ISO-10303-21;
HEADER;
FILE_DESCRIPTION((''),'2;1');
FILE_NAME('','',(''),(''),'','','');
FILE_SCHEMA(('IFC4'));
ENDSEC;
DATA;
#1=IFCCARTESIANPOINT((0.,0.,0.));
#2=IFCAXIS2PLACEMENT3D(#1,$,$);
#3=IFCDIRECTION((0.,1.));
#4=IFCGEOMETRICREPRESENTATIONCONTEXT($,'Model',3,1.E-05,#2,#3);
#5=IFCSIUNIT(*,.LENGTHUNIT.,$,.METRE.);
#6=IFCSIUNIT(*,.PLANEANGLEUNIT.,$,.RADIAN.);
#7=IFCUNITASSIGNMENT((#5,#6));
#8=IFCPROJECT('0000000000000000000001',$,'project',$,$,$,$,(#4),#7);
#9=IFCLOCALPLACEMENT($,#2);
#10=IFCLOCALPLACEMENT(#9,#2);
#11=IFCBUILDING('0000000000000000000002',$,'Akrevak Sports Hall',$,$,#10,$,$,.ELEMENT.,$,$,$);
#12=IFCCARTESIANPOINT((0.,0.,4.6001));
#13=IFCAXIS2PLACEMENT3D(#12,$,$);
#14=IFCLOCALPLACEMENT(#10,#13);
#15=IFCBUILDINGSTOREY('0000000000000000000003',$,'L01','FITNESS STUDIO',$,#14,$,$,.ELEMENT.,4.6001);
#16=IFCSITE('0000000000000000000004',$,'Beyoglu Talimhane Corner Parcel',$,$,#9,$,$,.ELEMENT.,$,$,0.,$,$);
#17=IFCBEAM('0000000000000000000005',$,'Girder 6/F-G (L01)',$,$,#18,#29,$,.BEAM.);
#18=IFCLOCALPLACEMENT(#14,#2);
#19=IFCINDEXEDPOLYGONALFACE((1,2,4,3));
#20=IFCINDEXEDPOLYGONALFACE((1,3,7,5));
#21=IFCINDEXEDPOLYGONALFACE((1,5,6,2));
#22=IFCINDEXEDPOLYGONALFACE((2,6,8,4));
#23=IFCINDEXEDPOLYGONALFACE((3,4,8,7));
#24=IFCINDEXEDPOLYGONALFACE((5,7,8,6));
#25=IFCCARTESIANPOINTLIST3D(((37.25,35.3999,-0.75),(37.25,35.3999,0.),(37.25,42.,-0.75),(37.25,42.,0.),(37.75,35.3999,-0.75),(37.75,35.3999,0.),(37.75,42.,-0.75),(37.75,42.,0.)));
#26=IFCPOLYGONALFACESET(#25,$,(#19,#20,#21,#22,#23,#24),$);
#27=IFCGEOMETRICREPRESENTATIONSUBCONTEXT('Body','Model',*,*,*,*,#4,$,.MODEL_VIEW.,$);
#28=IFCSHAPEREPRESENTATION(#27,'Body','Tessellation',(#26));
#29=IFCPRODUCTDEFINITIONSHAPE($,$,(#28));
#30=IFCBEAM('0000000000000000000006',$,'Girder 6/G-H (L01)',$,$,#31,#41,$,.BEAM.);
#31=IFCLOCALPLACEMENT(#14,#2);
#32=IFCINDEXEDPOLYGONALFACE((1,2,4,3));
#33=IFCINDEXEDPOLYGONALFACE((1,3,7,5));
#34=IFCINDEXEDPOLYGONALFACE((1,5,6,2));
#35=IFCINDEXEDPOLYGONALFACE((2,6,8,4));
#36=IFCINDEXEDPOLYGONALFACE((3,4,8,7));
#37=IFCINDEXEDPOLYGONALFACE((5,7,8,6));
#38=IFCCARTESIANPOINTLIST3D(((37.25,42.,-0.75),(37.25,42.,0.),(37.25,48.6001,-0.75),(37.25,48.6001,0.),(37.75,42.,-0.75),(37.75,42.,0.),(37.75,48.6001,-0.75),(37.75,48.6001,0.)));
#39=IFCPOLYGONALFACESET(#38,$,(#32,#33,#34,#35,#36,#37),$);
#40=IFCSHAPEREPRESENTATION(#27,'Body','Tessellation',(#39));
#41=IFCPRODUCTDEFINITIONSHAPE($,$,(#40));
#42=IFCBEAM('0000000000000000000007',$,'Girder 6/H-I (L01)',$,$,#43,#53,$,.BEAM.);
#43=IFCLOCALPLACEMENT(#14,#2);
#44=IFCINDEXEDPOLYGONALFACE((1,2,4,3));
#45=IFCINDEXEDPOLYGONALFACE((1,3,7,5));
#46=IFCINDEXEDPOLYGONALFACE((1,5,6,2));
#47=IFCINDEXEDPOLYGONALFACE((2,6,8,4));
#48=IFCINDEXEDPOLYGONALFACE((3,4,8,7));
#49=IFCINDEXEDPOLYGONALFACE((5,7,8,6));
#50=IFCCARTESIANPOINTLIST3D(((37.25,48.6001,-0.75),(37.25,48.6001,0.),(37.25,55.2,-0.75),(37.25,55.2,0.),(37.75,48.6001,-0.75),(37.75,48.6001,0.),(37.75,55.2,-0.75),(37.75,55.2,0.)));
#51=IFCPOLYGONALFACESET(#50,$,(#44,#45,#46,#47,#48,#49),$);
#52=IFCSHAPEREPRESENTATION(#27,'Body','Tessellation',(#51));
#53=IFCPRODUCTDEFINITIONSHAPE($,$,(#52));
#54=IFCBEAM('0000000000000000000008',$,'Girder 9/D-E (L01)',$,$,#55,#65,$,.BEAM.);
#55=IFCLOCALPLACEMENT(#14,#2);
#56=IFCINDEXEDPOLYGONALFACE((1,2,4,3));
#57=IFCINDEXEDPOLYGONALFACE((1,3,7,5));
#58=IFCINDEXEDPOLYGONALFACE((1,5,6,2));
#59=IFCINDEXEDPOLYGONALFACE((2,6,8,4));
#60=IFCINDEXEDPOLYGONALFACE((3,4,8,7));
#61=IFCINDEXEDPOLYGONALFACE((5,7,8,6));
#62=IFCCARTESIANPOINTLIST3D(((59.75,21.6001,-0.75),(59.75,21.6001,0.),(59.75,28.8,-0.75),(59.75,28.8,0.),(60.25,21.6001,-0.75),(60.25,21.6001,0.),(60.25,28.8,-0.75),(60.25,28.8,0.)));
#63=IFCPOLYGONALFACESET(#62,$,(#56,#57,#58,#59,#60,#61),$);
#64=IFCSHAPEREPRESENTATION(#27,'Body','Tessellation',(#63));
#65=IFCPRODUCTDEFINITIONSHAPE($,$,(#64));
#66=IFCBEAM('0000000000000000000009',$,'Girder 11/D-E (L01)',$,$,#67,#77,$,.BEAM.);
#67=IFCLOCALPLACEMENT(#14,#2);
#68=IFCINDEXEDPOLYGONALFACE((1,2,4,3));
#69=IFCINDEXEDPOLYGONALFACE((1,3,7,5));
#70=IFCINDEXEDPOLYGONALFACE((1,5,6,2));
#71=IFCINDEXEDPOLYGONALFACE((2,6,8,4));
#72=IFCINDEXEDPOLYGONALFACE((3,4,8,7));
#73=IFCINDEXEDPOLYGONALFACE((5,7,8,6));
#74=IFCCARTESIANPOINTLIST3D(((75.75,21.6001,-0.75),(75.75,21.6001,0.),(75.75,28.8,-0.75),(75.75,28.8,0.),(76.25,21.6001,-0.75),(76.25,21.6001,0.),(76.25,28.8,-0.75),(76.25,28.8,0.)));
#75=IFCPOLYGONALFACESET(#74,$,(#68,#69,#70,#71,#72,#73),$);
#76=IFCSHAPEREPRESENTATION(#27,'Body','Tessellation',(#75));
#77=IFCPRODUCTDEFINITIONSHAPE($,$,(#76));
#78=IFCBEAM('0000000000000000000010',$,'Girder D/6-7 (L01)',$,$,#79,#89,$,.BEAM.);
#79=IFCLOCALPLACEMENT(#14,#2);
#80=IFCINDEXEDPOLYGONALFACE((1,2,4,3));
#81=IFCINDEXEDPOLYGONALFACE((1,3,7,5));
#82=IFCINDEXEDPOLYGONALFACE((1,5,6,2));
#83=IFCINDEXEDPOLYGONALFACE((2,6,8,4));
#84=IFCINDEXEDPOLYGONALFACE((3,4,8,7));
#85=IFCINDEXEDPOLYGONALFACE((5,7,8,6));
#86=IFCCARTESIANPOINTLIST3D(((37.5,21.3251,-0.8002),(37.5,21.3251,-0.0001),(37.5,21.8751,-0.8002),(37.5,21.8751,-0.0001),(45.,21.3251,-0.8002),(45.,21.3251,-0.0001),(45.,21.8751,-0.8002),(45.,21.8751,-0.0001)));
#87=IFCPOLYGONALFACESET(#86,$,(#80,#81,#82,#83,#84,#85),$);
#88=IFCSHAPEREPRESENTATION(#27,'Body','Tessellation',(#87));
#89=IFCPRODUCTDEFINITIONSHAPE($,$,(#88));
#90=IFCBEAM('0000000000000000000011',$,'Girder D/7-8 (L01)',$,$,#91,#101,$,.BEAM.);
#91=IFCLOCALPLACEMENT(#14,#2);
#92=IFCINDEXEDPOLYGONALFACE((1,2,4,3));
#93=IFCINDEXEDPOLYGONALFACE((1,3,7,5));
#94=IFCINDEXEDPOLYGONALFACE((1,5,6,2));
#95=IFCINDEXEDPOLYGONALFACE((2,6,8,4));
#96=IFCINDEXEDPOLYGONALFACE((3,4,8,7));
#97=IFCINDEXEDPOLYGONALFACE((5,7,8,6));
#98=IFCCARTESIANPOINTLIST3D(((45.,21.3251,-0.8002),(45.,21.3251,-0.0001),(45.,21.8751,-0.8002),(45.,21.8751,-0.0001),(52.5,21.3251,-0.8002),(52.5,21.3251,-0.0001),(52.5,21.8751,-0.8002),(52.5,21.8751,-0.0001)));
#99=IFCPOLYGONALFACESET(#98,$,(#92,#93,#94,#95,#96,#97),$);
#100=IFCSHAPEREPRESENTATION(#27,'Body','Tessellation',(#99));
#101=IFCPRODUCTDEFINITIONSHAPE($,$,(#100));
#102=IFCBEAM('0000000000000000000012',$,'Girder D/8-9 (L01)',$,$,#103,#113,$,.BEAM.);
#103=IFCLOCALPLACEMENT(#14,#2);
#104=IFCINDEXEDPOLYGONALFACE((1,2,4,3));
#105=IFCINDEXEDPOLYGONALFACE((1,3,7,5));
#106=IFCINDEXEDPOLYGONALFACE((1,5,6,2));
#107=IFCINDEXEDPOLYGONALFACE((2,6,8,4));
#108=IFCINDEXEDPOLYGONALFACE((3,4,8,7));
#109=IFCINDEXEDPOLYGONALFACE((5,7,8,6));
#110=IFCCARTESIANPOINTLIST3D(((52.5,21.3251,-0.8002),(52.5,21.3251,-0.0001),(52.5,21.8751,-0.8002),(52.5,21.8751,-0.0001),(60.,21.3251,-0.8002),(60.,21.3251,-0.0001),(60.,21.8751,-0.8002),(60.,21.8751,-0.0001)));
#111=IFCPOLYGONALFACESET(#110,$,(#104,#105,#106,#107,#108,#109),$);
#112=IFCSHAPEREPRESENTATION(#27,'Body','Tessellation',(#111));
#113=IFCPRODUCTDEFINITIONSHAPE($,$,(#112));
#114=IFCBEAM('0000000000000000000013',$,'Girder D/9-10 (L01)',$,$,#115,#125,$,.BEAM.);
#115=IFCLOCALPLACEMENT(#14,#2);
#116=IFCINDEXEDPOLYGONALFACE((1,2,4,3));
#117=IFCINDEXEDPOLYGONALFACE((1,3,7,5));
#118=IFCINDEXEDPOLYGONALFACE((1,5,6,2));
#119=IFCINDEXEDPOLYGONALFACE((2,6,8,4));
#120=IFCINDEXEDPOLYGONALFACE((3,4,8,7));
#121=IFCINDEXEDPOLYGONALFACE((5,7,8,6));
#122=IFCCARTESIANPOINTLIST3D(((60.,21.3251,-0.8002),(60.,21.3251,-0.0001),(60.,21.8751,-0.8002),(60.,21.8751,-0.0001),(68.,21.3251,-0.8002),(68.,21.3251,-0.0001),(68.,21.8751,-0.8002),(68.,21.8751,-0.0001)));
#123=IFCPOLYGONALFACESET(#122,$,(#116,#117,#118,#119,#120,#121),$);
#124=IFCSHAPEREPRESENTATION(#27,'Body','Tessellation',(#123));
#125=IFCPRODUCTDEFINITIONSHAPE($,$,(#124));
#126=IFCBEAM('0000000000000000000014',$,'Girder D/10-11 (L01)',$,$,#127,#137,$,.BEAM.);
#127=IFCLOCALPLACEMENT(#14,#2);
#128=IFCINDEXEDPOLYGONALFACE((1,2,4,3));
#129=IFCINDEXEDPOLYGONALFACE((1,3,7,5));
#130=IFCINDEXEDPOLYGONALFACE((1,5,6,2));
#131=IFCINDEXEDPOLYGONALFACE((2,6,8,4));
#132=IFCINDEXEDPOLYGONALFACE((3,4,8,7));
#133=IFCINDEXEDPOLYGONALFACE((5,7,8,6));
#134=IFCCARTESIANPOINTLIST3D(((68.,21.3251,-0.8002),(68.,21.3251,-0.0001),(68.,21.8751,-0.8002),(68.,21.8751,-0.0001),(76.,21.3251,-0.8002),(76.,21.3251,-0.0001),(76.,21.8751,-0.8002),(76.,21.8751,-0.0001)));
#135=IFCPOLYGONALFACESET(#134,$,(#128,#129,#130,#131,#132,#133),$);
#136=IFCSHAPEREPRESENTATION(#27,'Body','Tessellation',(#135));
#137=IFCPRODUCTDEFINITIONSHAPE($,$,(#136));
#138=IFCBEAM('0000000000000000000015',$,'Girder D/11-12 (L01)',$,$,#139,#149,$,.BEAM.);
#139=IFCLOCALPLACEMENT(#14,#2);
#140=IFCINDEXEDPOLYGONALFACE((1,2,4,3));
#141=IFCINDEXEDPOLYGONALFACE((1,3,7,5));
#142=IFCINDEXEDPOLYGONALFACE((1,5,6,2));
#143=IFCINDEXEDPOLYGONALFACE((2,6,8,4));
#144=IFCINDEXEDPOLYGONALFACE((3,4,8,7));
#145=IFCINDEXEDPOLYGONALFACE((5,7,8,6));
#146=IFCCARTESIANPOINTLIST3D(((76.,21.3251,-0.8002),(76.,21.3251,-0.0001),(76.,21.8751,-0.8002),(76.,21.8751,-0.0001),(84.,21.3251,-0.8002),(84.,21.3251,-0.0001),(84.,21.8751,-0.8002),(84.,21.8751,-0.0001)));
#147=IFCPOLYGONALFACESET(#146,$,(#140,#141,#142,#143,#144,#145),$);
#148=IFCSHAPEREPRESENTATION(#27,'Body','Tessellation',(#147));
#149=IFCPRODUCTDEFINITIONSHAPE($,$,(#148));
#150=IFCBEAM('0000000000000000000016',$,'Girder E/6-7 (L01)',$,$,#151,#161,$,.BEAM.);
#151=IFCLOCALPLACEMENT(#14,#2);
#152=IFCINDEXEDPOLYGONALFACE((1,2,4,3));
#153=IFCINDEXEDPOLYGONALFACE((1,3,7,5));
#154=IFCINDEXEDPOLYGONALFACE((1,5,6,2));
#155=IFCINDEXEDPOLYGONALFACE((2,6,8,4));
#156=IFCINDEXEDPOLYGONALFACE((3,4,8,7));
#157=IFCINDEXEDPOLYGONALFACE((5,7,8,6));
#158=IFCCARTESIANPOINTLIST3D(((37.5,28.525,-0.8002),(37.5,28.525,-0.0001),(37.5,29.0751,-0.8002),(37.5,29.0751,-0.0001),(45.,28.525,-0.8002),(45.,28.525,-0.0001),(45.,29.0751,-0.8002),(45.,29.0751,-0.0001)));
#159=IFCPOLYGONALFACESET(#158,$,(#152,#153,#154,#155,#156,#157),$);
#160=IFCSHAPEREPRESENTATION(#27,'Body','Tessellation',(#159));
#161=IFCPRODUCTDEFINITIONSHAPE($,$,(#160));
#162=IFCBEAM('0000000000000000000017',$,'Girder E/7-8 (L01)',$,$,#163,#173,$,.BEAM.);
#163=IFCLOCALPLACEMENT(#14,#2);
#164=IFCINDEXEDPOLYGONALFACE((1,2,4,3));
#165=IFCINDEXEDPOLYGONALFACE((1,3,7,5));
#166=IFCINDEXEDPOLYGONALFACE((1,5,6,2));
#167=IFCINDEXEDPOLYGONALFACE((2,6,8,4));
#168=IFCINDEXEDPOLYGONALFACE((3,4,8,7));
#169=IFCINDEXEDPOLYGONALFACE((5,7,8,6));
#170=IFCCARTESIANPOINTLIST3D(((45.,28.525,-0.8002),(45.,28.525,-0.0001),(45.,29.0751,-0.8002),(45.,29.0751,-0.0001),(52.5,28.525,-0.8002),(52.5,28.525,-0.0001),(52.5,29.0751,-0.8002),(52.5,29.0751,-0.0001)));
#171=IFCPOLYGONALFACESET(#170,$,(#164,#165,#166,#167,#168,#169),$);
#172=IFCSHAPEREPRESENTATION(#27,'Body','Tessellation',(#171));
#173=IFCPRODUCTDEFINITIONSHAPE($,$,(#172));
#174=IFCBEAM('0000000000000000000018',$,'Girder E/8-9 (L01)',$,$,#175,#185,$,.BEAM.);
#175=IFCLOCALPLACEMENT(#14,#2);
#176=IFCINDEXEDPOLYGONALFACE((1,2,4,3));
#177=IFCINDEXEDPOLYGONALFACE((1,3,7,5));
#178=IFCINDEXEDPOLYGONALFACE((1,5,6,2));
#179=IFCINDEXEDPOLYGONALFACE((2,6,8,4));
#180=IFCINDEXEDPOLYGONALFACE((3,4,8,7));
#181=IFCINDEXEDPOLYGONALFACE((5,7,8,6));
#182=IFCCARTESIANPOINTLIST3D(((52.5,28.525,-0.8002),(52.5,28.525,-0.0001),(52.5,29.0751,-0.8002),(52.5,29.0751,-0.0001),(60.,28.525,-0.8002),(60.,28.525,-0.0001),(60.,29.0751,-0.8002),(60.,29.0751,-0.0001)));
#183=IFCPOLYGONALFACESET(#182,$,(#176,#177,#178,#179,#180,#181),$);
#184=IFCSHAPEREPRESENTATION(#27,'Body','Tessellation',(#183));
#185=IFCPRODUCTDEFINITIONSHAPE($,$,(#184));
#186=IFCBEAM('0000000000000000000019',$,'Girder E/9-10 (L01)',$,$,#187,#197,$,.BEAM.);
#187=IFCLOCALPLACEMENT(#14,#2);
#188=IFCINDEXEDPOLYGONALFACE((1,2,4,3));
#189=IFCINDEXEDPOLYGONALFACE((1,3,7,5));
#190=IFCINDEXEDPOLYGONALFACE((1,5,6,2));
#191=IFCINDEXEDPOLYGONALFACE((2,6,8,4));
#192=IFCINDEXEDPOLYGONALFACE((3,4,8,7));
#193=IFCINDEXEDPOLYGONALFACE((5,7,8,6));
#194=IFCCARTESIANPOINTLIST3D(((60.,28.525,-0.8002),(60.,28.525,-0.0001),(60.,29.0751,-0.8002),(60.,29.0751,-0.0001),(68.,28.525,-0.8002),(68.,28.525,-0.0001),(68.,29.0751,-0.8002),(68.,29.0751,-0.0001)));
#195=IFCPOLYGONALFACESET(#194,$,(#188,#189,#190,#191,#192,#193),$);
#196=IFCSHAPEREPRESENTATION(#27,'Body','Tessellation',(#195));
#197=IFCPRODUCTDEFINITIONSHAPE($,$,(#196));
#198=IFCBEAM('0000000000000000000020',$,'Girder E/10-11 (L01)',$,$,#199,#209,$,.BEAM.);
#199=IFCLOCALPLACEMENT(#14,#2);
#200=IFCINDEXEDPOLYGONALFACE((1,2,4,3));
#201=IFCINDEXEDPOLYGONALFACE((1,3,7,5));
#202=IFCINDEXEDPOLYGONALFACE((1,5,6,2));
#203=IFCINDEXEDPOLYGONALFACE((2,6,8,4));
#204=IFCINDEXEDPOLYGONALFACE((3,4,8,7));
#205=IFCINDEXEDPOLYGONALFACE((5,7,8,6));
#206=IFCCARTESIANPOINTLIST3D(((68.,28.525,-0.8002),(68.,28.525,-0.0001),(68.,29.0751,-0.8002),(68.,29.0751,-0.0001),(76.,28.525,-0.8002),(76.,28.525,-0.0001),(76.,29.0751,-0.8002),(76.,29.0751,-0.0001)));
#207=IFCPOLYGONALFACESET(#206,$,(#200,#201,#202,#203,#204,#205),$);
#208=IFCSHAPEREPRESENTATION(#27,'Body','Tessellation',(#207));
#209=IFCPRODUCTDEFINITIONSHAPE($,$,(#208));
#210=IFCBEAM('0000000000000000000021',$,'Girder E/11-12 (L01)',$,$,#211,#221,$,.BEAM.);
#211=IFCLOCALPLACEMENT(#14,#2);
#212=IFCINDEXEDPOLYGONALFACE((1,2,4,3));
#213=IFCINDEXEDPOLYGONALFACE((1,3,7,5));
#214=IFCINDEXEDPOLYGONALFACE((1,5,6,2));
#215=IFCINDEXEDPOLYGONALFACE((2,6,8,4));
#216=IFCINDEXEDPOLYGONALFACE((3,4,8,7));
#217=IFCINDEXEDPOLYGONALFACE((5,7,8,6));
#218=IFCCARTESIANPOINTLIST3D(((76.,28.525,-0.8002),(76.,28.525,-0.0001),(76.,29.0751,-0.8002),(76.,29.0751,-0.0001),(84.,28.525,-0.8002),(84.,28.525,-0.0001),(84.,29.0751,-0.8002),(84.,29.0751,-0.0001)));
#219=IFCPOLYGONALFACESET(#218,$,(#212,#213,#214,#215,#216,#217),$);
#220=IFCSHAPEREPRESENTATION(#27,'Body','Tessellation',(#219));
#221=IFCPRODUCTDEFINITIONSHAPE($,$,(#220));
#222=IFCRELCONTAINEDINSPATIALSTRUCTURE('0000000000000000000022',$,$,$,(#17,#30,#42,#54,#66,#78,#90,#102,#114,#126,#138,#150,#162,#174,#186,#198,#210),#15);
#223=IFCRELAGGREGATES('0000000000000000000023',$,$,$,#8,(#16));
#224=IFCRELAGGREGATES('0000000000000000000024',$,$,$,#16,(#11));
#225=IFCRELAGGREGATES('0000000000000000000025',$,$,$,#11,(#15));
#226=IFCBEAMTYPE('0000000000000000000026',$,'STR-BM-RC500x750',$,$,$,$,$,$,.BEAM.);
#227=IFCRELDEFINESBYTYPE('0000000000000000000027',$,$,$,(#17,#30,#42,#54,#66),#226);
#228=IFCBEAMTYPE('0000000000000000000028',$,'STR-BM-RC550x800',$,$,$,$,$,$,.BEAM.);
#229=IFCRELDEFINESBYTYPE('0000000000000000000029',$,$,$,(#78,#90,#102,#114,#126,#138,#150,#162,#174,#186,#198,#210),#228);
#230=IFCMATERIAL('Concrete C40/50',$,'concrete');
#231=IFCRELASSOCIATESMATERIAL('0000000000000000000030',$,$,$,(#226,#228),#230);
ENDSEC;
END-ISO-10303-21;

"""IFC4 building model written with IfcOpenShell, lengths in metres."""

from ifc_helpers import new_model, si_unit, direction, frame, origin, origin_2d, place, context, subcontext, project, spatial, rectangle, extrude, material, material_profile, profile_set, type_object, element, save


model = new_model("IFC4")

# Units and contexts
model_context = context("Model", 3, precision=1e-05, world=origin(), true_north=direction((0.0, 1.0)))
body_context = subcontext(model_context, "Body", "Model", "MODEL_VIEW")
ifc_project = project(units=[si_unit("LENGTHUNIT", "METRE"), si_unit("PLANEANGLEUNIT", "RADIAN")], contexts=[model_context])

# Site, building, storey
site_placement = place(None, origin())
site = spatial("IfcSite", under=ifc_project, at=site_placement, Name="Beyoglu Talimhane Corner Parcel", CompositionType="ELEMENT", RefElevation=0.0)
building_placement = place(site_placement, origin())
building = spatial("IfcBuilding", under=site, at=building_placement, Name="Akrevak Sports Hall", CompositionType="ELEMENT")
storey_placement = place(building_placement, frame((0.0, 0.0, 4.6001)))
storey = spatial("IfcBuildingStorey", under=building, at=storey_placement, Name="L01", Description="FITNESS STUDIO", CompositionType="ELEMENT", Elevation=4.6001)

# Shared definitions
ifc_material_1 = material(Name="Concrete C40/50", Category="concrete")

# Beams
ifc_material_profile_1 = material_profile(ifc_material_1, rectangle(XDim=0.5, YDim=0.75, at=origin_2d()), Name="BM 500x750", Category="concrete")
ifc_profile_set_1 = profile_set([ifc_material_profile_1], Name="Concrete C40/50")
beam_type_1 = type_object("IfcBeamType", Name="STR-BM-RC500x750", PredefinedType="BEAM", material=ifc_profile_set_1)
for number, where, z_axis, x_axis, name in (
    (1, (37.5, 35.3999, -0.375), (0.0, 1.0, 0.0), (-1.0, 0.0, 0.0), "Girder 6/F-G (L01)"),
    (2, (37.5, 42.0, -0.375), (0.0, 1.0, 0.0), (-1.0, 0.0, 0.0), "Girder 6/G-H (L01)"),
):
    element("IfcBeam", number, at=place(storey_placement, frame(where, z_axis=z_axis, x_axis=x_axis)), inside=storey, type_object=beam_type_1, Name=name, PredefinedType="BEAM", context=body_context, shape_type="SweptSolid", body=[
        extrude(rectangle(XDim=0.5, YDim=0.75, at=origin_2d()), origin(), (0.0, 0.0, 1.0), 6.6001),
    ])
beam_1_placement = place(storey_placement, frame((37.5, 48.6001, -0.375), z_axis=(0.0, 1.0, 0.0), x_axis=(-1.0, 0.0, 0.0)))
element("IfcBeam", 3, at=beam_1_placement, inside=storey, type_object=beam_type_1, Name="Girder 6/H-I (L01)", PredefinedType="BEAM", context=body_context, shape_type="SweptSolid", body=[
    extrude(rectangle(XDim=0.5, YDim=0.75, at=origin_2d()), origin(), (0.0, 0.0, 1.0), 6.5999),
])
for number, where, z_axis, x_axis, name in (
    (4, (60.0, 21.6001, -0.375), (0.0, 1.0, 0.0), (-1.0, 0.0, 0.0), "Girder 9/D-E (L01)"),
    (5, (76.0, 21.6001, -0.375), (0.0, 1.0, 0.0), (-1.0, 0.0, 0.0), "Girder 11/D-E (L01)"),
):
    element("IfcBeam", number, at=place(storey_placement, frame(where, z_axis=z_axis, x_axis=x_axis)), inside=storey, type_object=beam_type_1, Name=name, PredefinedType="BEAM", context=body_context, shape_type="SweptSolid", body=[
        extrude(rectangle(XDim=0.5, YDim=0.75, at=origin_2d()), origin(), (0.0, 0.0, 1.0), 7.2),
    ])
ifc_material_profile_2 = material_profile(ifc_material_1, rectangle(XDim=0.55, YDim=0.8, at=origin_2d()), Name="BM 550x800", Category="concrete")
ifc_profile_set_2 = profile_set([ifc_material_profile_2], Name="Concrete C40/50")
beam_type_2 = type_object("IfcBeamType", Name="STR-BM-RC550x800", PredefinedType="BEAM", material=ifc_profile_set_2)
for number, where, z_axis, x_axis, name in (
    (6, (37.5, 21.6001, -0.4001), (1.0, 0.0, 0.0), (0.0, 1.0, 0.0), "Girder D/6-7 (L01)"),
    (7, (45.0, 21.6001, -0.4001), (1.0, 0.0, 0.0), (0.0, 1.0, 0.0), "Girder D/7-8 (L01)"),
    (8, (52.5, 21.6001, -0.4001), (1.0, 0.0, 0.0), (0.0, 1.0, 0.0), "Girder D/8-9 (L01)"),
):
    element("IfcBeam", number, at=place(storey_placement, frame(where, z_axis=z_axis, x_axis=x_axis)), inside=storey, type_object=beam_type_2, Name=name, PredefinedType="BEAM", context=body_context, shape_type="SweptSolid", body=[
        extrude(rectangle(XDim=0.55, YDim=0.8, at=origin_2d()), origin(), (0.0, 0.0, 1.0), 7.5),
    ])
for number, where, z_axis, x_axis, name in (
    (9, (60.0, 21.6001, -0.4001), (1.0, 0.0, 0.0), (0.0, 1.0, 0.0), "Girder D/9-10 (L01)"),
    (10, (68.0, 21.6001, -0.4001), (1.0, 0.0, 0.0), (0.0, 1.0, 0.0), "Girder D/10-11 (L01)"),
    (11, (76.0, 21.6001, -0.4001), (1.0, 0.0, 0.0), (0.0, 1.0, 0.0), "Girder D/11-12 (L01)"),
):
    element("IfcBeam", number, at=place(storey_placement, frame(where, z_axis=z_axis, x_axis=x_axis)), inside=storey, type_object=beam_type_2, Name=name, PredefinedType="BEAM", context=body_context, shape_type="SweptSolid", body=[
        extrude(rectangle(XDim=0.55, YDim=0.8, at=origin_2d()), origin(), (0.0, 0.0, 1.0), 8.0),
    ])
for number, where, z_axis, x_axis, name in (
    (12, (37.5, 28.8, -0.4001), (1.0, 0.0, 0.0), (0.0, 1.0, 0.0), "Girder E/6-7 (L01)"),
    (13, (45.0, 28.8, -0.4001), (1.0, 0.0, 0.0), (0.0, 1.0, 0.0), "Girder E/7-8 (L01)"),
    (14, (52.5, 28.8, -0.4001), (1.0, 0.0, 0.0), (0.0, 1.0, 0.0), "Girder E/8-9 (L01)"),
):
    element("IfcBeam", number, at=place(storey_placement, frame(where, z_axis=z_axis, x_axis=x_axis)), inside=storey, type_object=beam_type_2, Name=name, PredefinedType="BEAM", context=body_context, shape_type="SweptSolid", body=[
        extrude(rectangle(XDim=0.55, YDim=0.8, at=origin_2d()), origin(), (0.0, 0.0, 1.0), 7.5),
    ])
for number, where, z_axis, x_axis, name in (
    (15, (60.0, 28.8, -0.4001), (1.0, 0.0, 0.0), (0.0, 1.0, 0.0), "Girder E/9-10 (L01)"),
    (16, (68.0, 28.8, -0.4001), (1.0, 0.0, 0.0), (0.0, 1.0, 0.0), "Girder E/10-11 (L01)"),
    (17, (76.0, 28.8, -0.4001), (1.0, 0.0, 0.0), (0.0, 1.0, 0.0), "Girder E/11-12 (L01)"),
):
    element("IfcBeam", number, at=place(storey_placement, frame(where, z_axis=z_axis, x_axis=x_axis)), inside=storey, type_object=beam_type_2, Name=name, PredefinedType="BEAM", context=body_context, shape_type="SweptSolid", body=[
        extrude(rectangle(XDim=0.55, YDim=0.8, at=origin_2d()), origin(), (0.0, 0.0, 1.0), 8.0),
    ])

save(model, "model.ifc")
